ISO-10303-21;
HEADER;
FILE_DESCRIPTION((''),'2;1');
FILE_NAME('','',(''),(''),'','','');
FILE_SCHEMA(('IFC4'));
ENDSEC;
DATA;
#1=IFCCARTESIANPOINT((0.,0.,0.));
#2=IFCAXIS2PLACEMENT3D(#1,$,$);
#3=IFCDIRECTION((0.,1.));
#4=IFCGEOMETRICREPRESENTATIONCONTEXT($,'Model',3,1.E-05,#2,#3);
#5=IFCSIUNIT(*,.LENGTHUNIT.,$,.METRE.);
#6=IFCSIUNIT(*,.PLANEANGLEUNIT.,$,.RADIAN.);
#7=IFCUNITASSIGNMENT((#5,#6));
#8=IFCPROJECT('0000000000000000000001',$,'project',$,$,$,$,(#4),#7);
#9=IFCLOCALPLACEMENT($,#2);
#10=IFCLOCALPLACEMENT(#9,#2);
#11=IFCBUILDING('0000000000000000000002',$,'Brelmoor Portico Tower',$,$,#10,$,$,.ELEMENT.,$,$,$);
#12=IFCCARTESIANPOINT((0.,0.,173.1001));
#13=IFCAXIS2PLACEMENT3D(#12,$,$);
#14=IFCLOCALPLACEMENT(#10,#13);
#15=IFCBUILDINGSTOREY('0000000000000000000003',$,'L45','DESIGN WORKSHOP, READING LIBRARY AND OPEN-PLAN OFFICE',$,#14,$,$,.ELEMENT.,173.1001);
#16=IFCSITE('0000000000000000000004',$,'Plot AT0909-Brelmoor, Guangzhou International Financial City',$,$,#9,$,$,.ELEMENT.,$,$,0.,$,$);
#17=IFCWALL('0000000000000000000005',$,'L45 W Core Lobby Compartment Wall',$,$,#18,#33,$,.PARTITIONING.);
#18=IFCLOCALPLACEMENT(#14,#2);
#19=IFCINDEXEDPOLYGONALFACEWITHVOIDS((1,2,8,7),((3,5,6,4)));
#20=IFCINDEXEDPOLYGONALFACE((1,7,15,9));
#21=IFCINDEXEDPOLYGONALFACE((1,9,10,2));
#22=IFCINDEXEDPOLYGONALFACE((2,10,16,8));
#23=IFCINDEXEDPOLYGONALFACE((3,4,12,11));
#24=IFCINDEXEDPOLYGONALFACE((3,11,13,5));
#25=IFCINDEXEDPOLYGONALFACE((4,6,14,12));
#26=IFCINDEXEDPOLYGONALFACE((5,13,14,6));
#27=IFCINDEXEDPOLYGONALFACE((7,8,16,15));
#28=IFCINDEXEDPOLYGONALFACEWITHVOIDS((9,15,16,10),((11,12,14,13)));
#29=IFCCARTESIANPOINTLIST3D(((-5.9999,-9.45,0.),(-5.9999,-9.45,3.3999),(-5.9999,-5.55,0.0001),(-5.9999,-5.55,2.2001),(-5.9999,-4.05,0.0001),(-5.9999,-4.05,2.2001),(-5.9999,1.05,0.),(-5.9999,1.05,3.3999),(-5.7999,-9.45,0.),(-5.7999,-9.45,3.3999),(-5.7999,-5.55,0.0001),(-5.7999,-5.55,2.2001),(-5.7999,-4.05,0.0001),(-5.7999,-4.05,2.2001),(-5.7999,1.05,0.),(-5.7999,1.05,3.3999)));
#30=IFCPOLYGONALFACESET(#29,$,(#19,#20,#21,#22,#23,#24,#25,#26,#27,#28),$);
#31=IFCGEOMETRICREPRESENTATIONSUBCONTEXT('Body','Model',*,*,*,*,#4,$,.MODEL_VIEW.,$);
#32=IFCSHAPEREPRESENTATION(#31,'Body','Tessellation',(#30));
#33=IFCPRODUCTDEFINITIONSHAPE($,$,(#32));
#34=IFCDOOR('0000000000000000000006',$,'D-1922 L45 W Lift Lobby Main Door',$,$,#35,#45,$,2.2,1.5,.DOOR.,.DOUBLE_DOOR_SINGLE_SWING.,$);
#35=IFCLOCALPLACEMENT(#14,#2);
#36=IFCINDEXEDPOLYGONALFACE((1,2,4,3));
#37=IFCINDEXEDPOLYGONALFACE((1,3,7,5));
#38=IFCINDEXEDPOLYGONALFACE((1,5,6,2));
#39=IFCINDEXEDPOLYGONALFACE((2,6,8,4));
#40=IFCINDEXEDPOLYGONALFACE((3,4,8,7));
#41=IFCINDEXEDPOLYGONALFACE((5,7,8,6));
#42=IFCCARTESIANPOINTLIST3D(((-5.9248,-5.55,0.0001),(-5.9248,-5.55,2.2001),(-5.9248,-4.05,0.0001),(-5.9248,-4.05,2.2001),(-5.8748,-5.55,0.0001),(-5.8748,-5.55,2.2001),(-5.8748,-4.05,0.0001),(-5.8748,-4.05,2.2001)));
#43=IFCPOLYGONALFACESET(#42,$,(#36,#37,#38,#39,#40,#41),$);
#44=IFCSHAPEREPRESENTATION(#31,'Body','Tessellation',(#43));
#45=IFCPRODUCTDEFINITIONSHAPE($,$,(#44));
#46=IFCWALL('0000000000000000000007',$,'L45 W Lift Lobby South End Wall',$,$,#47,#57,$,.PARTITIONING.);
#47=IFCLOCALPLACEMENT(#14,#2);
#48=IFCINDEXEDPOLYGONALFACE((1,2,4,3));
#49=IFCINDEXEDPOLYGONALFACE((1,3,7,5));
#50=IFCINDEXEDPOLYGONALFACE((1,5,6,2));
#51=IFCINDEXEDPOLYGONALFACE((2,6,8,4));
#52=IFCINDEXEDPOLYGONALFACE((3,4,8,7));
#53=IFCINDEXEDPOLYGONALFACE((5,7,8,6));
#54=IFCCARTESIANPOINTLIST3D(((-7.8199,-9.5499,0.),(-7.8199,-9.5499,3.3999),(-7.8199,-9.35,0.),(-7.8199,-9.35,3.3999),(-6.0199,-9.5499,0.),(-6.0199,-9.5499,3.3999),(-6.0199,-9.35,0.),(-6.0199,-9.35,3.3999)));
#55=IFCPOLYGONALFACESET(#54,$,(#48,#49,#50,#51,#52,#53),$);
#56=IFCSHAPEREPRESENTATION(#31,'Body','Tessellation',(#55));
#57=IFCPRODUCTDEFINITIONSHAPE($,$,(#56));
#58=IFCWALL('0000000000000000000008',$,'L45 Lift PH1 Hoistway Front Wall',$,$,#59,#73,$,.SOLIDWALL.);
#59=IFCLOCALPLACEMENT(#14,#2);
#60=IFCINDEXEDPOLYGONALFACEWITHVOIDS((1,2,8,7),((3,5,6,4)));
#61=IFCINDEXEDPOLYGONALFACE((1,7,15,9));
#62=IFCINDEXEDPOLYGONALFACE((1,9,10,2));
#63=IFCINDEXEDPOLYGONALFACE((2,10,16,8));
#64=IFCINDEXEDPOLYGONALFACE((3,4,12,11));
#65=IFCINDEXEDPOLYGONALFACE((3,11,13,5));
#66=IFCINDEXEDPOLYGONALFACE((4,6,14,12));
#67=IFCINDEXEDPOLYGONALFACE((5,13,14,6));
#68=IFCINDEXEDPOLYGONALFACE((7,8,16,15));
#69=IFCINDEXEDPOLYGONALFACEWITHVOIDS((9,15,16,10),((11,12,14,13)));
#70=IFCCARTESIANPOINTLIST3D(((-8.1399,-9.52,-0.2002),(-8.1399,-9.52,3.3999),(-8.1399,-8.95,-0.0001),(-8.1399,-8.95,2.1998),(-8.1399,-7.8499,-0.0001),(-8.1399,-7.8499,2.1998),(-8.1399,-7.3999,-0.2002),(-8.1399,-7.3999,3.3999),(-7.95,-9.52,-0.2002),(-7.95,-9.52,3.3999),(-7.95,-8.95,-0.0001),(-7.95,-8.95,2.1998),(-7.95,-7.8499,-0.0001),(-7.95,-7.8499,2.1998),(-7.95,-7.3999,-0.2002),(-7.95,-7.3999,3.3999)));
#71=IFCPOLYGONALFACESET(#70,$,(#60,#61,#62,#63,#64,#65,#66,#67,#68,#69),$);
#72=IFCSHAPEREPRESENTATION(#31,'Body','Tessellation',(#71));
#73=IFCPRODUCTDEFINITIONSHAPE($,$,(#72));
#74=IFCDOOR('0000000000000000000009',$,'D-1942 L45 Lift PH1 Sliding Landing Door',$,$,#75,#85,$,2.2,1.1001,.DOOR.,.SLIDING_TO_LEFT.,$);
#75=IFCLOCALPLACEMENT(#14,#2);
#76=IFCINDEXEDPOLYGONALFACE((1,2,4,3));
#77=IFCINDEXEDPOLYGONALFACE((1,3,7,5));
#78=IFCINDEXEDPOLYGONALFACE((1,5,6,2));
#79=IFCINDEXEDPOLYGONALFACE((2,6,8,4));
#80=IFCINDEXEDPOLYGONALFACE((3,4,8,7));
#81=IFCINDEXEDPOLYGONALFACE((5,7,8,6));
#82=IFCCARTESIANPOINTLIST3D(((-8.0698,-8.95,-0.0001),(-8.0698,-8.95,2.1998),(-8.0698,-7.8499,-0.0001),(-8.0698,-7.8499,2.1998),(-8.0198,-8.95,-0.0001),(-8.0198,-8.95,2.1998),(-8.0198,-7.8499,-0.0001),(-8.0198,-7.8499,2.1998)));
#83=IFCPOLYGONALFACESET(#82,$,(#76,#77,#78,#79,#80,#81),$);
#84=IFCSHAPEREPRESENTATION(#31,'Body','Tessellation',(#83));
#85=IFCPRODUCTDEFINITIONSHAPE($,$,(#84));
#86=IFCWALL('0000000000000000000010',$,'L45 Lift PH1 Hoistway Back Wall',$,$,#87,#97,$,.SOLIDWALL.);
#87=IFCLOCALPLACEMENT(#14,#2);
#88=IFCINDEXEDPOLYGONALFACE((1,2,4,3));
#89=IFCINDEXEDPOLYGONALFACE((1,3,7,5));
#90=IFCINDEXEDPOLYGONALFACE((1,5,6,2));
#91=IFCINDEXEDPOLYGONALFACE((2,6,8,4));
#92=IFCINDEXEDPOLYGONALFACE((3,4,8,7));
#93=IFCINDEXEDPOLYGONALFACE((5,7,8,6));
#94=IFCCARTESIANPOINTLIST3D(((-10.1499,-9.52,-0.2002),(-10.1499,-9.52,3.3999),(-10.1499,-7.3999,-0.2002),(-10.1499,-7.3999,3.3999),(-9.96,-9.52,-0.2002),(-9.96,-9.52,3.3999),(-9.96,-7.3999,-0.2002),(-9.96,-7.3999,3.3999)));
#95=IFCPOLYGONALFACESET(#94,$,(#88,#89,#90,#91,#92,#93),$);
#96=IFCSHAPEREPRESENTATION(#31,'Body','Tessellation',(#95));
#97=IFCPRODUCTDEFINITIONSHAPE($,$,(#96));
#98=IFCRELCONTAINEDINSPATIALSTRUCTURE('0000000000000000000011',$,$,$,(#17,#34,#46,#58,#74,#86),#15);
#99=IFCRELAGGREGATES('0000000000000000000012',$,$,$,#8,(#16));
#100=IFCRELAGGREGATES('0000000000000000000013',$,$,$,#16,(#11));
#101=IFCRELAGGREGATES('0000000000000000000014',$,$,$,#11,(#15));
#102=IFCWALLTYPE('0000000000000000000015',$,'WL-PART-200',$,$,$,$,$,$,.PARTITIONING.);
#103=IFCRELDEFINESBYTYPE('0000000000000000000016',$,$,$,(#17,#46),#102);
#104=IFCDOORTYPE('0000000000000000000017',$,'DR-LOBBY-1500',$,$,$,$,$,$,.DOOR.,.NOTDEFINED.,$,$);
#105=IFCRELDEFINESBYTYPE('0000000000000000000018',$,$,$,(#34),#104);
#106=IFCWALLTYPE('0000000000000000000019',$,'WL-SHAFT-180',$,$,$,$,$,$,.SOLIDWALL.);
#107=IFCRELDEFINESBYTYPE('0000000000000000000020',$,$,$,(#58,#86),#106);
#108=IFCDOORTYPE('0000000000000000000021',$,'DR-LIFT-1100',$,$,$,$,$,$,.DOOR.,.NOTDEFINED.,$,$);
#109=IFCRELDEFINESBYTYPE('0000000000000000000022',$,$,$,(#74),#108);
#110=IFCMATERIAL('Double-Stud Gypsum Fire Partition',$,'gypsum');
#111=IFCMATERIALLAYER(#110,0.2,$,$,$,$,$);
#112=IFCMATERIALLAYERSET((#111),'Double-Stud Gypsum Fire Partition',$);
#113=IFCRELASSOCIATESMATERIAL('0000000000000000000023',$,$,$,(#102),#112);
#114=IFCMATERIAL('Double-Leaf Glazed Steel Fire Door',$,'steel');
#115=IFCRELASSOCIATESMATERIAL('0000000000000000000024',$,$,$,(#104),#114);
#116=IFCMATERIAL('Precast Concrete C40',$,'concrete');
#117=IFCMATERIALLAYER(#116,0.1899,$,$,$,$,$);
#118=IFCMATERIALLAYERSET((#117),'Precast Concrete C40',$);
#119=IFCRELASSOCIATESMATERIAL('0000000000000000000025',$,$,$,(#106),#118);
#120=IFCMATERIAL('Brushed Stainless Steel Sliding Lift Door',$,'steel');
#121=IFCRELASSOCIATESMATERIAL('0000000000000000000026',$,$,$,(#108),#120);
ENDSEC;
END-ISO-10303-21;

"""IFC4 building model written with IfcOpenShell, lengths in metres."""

from ifc_helpers import new_model, si_unit, direction, frame, frame_2d, origin, place, context, subcontext, project, spatial, rectangle, extrude, material, layer, layer_set, type_object, element, fill, save


model = new_model("IFC4")

# Units and contexts
model_context = context("Model", 3, precision=1e-05, world=origin(), true_north=direction((0.0, 1.0)))
body_context = subcontext(model_context, "Body", "Model", "MODEL_VIEW")
ifc_project = project(units=[si_unit("LENGTHUNIT", "METRE"), si_unit("PLANEANGLEUNIT", "RADIAN")], contexts=[model_context])

# Site, building, storey
site_placement = place(None, origin())
site = spatial("IfcSite", under=ifc_project, at=site_placement, Name="Plot AT0909-Brelmoor, Guangzhou International Financial City", CompositionType="ELEMENT", RefElevation=0.0)
building_placement = place(site_placement, origin())
building = spatial("IfcBuilding", under=site, at=building_placement, Name="Brelmoor Portico Tower", CompositionType="ELEMENT")
storey_placement = place(building_placement, frame((0.0, 0.0, 173.1001)))
storey = spatial("IfcBuildingStorey", under=building, at=storey_placement, Name="L45", Description="DESIGN WORKSHOP, READING LIBRARY AND OPEN-PLAN OFFICE", CompositionType="ELEMENT", Elevation=173.1001)

# Wall, opening, door
ifc_material_1 = material(Name="Double-Stud Gypsum Fire Partition", Category="gypsum")
ifc_layer_1 = layer(ifc_material_1, 0.2)
ifc_layer_set_1 = layer_set([ifc_layer_1], Name="Double-Stud Gypsum Fire Partition")
wall_type_1 = type_object("IfcWallType", Name="WL-PART-200", PredefinedType="PARTITIONING", material=ifc_layer_set_1)
wall_1_placement = place(storey_placement, frame((-5.8999, -9.45, 0.0), z_axis=(0.0, 0.0, 1.0), x_axis=(0.0, 1.0, 0.0)))
wall_1 = element("IfcWall", 1, at=wall_1_placement, inside=storey, type_object=wall_type_1, Name="L45 W Core Lobby Compartment Wall", PredefinedType="PARTITIONING", context=body_context, shape_type="SweptSolid", body=[
    extrude(rectangle(XDim=10.5, YDim=0.2, at=frame_2d((5.25, 0.0))), origin(), (0.0, 0.0, 1.0), 3.3999),
])
opening_1_placement = place(wall_1_placement, frame((3.8999, 0.0, 0.0)))
opening_1 = element("IfcOpeningElement", 2, at=opening_1_placement, cuts=wall_1, PredefinedType="OPENING", context=body_context, shape_type="SweptSolid", body=[
    extrude(rectangle(XDim=1.5, YDim=2.2, at=frame_2d((0.75, 1.1001))), frame((0.0, 0.1099, 0.0), z_axis=(0.0, -1.0, 0.0), x_axis=(1.0, 0.0, 0.0)), (0.0, 0.0, 1.0), 0.22),
])
ifc_material_2 = material(Name="Double-Leaf Glazed Steel Fire Door", Category="steel")
door_type_1 = type_object("IfcDoorType", Name="DR-LOBBY-1500", OperationType="NOTDEFINED", PredefinedType="DOOR", material=ifc_material_2)
door_1_placement = place(opening_1_placement, origin())
door_1 = element("IfcDoor", 3, at=door_1_placement, inside=storey, type_object=door_type_1, Name="D-1922 L45 W Lift Lobby Main Door", OperationType="DOUBLE_DOOR_SINGLE_SWING", OverallHeight=2.2, OverallWidth=1.5, PredefinedType="DOOR", context=body_context, shape_type="SweptSolid", body=[
    extrude(rectangle(XDim=1.5, YDim=2.2, at=frame_2d((0.75, 1.1001))), frame((0.0, 0.0249, 0.0), z_axis=(0.0, -1.0, 0.0), x_axis=(1.0, 0.0, 0.0)), (0.0, 0.0, 1.0), 0.05),
])
fill(opening_1, door_1)

# Wall
wall_2_placement = place(storey_placement, frame((-6.02, -9.45, 0.0), z_axis=(0.0, 0.0, 1.0), x_axis=(-1.0, 0.0, 0.0)))
element("IfcWall", 4, at=wall_2_placement, inside=storey, type_object=wall_type_1, Name="L45 W Lift Lobby South End Wall", PredefinedType="PARTITIONING", context=body_context, shape_type="SweptSolid", body=[
    extrude(rectangle(XDim=1.8, YDim=0.2, at=frame_2d((0.8999, 0.0))), origin(), (0.0, 0.0, 1.0), 3.3999),
])

# Wall, opening, door
ifc_material_3 = material(Name="Precast Concrete C40", Category="concrete")
ifc_layer_2 = layer(ifc_material_3, 0.1899)
ifc_layer_set_2 = layer_set([ifc_layer_2], Name="Precast Concrete C40")
wall_type_2 = type_object("IfcWallType", Name="WL-SHAFT-180", PredefinedType="SOLIDWALL", material=ifc_layer_set_2)
wall_3_placement = place(storey_placement, frame((-8.0449, -9.52, -0.2002), z_axis=(0.0, 0.0, 1.0), x_axis=(0.0, 1.0, 0.0)))
wall_3 = element("IfcWall", 5, at=wall_3_placement, inside=storey, type_object=wall_type_2, Name="L45 Lift PH1 Hoistway Front Wall", PredefinedType="SOLIDWALL", context=body_context, shape_type="SweptSolid", body=[
    extrude(rectangle(XDim=2.1201, YDim=0.1899, at=frame_2d((1.0601, 0.0))), origin(), (0.0, 0.0, 1.0), 3.6001),
])
opening_2_placement = place(wall_3_placement, frame((0.5701, 0.0, 0.2)))
opening_2 = element("IfcOpeningElement", 6, at=opening_2_placement, cuts=wall_3, PredefinedType="OPENING", context=body_context, shape_type="SweptSolid", body=[
    extrude(rectangle(XDim=1.1001, YDim=2.2, at=frame_2d((0.55, 1.1001))), frame((0.0, 0.105, 0.0), z_axis=(0.0, -1.0, 0.0), x_axis=(1.0, 0.0, 0.0)), (0.0, 0.0, 1.0), 0.21),
])
ifc_material_4 = material(Name="Brushed Stainless Steel Sliding Lift Door", Category="steel")
door_type_2 = type_object("IfcDoorType", Name="DR-LIFT-1100", OperationType="NOTDEFINED", PredefinedType="DOOR", material=ifc_material_4)
door_2_placement = place(opening_2_placement, origin())
door_2 = element("IfcDoor", 7, at=door_2_placement, inside=storey, type_object=door_type_2, Name="D-1942 L45 Lift PH1 Sliding Landing Door", OperationType="SLIDING_TO_LEFT", OverallHeight=2.2, OverallWidth=1.1001, PredefinedType="DOOR", context=body_context, shape_type="SweptSolid", body=[
    extrude(rectangle(XDim=1.1001, YDim=2.2, at=frame_2d((0.55, 1.1001))), frame((0.0, 0.0249, 0.0), z_axis=(0.0, -1.0, 0.0), x_axis=(1.0, 0.0, 0.0)), (0.0, 0.0, 1.0), 0.05),
])
fill(opening_2, door_2)

# Wall
wall_4_placement = place(storey_placement, frame((-10.0549, -9.52, -0.2002), z_axis=(0.0, 0.0, 1.0), x_axis=(0.0, 1.0, 0.0)))
element("IfcWall", 8, at=wall_4_placement, inside=storey, type_object=wall_type_2, Name="L45 Lift PH1 Hoistway Back Wall", PredefinedType="SOLIDWALL", context=body_context, shape_type="SweptSolid", body=[
    extrude(rectangle(XDim=2.1201, YDim=0.1899, at=frame_2d((1.0601, 0.0))), origin(), (0.0, 0.0, 1.0), 3.6001),
])

save(model, "model.ifc")
